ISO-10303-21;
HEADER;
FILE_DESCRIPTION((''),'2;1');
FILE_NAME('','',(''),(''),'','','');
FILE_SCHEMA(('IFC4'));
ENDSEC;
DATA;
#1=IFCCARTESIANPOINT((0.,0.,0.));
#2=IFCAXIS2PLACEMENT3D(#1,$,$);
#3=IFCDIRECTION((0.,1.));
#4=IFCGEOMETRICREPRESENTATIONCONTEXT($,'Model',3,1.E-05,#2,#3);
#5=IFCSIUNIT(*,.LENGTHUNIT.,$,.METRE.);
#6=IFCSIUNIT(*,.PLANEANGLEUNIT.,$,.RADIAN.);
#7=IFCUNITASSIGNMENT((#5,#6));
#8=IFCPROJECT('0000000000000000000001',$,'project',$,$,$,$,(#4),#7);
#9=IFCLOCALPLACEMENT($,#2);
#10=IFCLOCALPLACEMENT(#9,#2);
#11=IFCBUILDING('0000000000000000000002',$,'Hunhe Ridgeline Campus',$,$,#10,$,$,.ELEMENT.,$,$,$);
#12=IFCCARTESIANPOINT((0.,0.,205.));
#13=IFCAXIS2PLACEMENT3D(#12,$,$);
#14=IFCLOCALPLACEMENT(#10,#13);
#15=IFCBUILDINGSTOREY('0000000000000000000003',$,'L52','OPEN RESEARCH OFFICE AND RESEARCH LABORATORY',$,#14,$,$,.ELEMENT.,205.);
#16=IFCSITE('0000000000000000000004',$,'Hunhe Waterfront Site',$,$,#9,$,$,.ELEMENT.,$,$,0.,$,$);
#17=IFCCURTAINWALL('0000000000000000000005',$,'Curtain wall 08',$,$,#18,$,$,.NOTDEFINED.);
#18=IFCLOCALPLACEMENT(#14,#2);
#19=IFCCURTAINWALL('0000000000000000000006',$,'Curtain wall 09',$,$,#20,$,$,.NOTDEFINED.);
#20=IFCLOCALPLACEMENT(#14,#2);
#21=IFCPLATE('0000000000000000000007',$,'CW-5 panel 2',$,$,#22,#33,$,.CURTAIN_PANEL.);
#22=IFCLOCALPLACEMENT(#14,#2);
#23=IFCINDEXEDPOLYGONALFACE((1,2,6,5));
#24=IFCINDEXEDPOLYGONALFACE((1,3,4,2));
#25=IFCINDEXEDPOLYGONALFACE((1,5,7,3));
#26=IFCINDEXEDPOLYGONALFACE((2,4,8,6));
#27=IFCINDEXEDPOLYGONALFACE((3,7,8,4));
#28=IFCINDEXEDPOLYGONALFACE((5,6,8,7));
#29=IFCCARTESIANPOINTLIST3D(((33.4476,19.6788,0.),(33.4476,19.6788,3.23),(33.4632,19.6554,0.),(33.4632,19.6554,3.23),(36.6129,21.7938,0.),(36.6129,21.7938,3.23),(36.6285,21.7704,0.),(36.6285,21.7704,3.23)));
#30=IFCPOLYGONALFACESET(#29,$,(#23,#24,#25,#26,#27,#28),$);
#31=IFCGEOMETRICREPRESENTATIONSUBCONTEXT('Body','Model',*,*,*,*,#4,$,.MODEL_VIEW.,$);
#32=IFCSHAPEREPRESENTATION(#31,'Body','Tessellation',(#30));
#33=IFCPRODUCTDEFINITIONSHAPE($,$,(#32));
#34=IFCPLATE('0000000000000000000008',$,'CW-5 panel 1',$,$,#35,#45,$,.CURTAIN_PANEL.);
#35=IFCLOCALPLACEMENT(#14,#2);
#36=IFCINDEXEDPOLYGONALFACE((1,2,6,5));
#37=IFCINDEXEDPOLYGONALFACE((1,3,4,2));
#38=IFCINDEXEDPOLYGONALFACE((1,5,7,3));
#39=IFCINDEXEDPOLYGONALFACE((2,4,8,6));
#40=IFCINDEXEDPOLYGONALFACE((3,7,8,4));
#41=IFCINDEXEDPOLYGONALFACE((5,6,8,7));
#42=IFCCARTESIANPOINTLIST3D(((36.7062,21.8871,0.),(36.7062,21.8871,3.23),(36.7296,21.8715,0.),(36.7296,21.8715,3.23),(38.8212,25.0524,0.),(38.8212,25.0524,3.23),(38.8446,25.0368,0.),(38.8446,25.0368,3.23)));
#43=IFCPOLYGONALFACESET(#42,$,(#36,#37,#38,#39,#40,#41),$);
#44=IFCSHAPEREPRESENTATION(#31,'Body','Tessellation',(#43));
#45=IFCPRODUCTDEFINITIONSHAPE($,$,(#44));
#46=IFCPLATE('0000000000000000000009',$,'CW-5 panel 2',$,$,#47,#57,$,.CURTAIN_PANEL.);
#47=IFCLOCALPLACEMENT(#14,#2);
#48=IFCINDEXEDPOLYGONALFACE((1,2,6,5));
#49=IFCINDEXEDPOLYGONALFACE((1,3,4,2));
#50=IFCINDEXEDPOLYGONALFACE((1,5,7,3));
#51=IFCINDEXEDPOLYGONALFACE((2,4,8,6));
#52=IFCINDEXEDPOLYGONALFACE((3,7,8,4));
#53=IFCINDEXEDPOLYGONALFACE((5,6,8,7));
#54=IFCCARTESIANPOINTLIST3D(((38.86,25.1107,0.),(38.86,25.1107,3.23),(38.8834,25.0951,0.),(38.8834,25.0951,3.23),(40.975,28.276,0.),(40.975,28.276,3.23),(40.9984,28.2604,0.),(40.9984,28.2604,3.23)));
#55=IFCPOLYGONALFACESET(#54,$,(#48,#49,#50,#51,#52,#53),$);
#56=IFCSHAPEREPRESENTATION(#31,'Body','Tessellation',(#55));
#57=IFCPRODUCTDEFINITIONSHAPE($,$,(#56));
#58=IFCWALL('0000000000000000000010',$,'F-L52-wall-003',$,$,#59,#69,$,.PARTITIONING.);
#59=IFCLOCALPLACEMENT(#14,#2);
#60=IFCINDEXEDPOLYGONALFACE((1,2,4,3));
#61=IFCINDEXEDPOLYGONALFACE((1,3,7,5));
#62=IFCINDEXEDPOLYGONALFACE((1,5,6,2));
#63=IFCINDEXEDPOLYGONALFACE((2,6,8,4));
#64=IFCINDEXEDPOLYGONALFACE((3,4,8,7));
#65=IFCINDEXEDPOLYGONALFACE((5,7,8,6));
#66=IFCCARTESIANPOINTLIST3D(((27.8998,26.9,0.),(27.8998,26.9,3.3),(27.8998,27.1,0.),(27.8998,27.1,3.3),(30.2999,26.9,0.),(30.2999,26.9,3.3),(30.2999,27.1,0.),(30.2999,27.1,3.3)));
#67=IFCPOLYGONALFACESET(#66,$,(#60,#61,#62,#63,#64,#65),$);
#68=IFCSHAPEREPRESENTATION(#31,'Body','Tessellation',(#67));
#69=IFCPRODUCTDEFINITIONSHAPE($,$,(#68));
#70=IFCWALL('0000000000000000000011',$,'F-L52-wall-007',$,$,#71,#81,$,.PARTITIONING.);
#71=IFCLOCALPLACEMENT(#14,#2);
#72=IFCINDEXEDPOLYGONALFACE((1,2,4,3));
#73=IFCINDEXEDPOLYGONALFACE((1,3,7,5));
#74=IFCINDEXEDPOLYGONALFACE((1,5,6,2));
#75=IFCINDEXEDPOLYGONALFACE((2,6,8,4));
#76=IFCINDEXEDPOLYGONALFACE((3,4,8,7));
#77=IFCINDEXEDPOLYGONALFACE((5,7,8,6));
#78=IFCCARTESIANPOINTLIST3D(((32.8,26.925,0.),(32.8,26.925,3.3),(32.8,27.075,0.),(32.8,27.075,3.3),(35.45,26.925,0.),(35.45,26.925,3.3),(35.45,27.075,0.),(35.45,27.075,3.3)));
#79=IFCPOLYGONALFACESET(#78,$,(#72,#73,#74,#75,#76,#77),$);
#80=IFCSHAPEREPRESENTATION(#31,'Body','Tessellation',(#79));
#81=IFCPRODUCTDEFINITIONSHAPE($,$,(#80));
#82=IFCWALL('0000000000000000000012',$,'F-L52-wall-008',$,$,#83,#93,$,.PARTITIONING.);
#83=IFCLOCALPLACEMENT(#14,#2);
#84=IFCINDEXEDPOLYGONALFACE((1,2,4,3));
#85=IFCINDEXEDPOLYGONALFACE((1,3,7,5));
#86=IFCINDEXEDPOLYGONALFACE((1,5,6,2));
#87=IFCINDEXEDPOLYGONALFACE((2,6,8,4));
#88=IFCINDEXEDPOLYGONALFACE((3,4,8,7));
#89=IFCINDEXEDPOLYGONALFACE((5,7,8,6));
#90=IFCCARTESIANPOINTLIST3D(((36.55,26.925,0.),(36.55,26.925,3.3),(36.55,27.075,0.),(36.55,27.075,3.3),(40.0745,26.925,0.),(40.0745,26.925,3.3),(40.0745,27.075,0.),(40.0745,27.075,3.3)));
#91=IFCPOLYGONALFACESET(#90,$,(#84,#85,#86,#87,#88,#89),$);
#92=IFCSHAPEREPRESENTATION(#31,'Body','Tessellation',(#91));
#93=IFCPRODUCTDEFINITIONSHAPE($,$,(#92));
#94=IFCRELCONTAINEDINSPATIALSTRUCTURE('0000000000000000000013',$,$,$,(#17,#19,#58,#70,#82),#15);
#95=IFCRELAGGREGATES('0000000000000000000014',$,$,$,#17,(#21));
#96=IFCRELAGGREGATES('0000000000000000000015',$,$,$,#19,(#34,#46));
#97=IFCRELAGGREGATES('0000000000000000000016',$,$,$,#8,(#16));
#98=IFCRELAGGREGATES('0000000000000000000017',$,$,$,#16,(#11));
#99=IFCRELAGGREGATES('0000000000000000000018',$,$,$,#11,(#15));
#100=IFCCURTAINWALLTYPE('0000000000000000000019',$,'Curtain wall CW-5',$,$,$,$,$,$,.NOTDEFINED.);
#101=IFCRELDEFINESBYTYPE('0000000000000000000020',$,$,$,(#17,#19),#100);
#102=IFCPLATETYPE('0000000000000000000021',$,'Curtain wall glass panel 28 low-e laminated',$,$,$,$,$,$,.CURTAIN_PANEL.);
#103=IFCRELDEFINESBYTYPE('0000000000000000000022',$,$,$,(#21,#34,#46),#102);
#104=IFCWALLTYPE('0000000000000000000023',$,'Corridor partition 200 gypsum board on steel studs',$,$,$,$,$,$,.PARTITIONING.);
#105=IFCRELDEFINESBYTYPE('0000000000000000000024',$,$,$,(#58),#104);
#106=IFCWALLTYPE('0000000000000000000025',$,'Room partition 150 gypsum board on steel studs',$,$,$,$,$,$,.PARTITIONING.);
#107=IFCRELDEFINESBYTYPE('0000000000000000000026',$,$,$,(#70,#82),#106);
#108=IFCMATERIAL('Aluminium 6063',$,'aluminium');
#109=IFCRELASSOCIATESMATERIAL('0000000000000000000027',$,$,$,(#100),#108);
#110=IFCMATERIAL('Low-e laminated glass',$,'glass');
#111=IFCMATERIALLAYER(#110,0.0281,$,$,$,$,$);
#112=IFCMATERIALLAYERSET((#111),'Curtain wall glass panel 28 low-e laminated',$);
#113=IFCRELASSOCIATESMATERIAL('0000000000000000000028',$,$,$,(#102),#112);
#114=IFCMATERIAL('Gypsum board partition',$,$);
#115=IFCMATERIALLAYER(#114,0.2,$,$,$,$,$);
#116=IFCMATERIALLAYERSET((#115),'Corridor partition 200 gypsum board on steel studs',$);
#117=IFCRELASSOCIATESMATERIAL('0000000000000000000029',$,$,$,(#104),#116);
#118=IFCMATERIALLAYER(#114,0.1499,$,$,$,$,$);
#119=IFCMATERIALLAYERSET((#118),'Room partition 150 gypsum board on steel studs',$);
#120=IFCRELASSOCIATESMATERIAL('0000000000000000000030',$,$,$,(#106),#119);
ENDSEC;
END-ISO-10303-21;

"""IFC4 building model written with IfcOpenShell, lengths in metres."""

from ifc_helpers import new_model, si_unit, direction, frame, frame_2d, origin, origin_2d, place, context, subcontext, project, spatial, rectangle, extrude, material, layer, layer_set, type_object, element, aggregate, save


model = new_model("IFC4")

# Units and contexts
model_context = context("Model", 3, precision=1e-05, world=origin(), true_north=direction((0.0, 1.0)))
body_context = subcontext(model_context, "Body", "Model", "MODEL_VIEW")
ifc_project = project(units=[si_unit("LENGTHUNIT", "METRE"), si_unit("PLANEANGLEUNIT", "RADIAN")], contexts=[model_context])

# Site, building, storey
site_placement = place(None, origin())
site = spatial("IfcSite", under=ifc_project, at=site_placement, Name="Hunhe Waterfront Site", CompositionType="ELEMENT", RefElevation=0.0)
building_placement = place(site_placement, origin())
building = spatial("IfcBuilding", under=site, at=building_placement, Name="Hunhe Ridgeline Campus", CompositionType="ELEMENT")
storey_placement = place(building_placement, frame((0.0, 0.0, 205.0)))
storey = spatial("IfcBuildingStorey", under=building, at=storey_placement, Name="L52", Description="OPEN RESEARCH OFFICE AND RESEARCH LABORATORY", CompositionType="ELEMENT", Elevation=205.0)

# Curtain walls
ifc_material_1 = material(Name="Aluminium 6063", Category="aluminium")
curtain_wall_type = type_object("IfcCurtainWallType", Name="Curtain wall CW-5", PredefinedType="NOTDEFINED", material=ifc_material_1)
curtain_wall_1_placement = place(storey_placement, origin())
curtain_wall_1 = element("IfcCurtainWall", 1, at=curtain_wall_1_placement, inside=storey, type_object=curtain_wall_type, Name="Curtain wall 08", PredefinedType="NOTDEFINED")
curtain_wall_2_placement = place(storey_placement, origin())
curtain_wall_2 = element("IfcCurtainWall", 2, at=curtain_wall_2_placement, inside=storey, type_object=curtain_wall_type, Name="Curtain wall 09", PredefinedType="NOTDEFINED")

# Plates
ifc_material_2 = material(Name="Low-e laminated glass", Category="glass")
ifc_layer_1 = layer(ifc_material_2, 0.0281)
ifc_layer_set_1 = layer_set([ifc_layer_1], Name="Curtain wall glass panel 28 low-e laminated")
plate_type = type_object("IfcPlateType", Name="Curtain wall glass panel 28 low-e laminated", PredefinedType="CURTAIN_PANEL", material=ifc_layer_set_1)
plate_1_placement = place(storey_placement, frame((35.0381, 20.7246, 0.0), z_axis=(0.0, 0.0, 1.0), x_axis=(0.83147, 0.55557, 0.0)))
plate_1 = element("IfcPlate", 3, at=plate_1_placement, type_object=plate_type, Name="CW-5 panel 2", PredefinedType="CURTAIN_PANEL", context=body_context, shape_type="SweptSolid", body=[
    extrude(rectangle(XDim=3.8069, YDim=0.0281, at=origin_2d()), origin(), (0.0, 0.0, 1.0), 3.23),
])
aggregate(curtain_wall_1, [plate_1])
plate_2_placement = place(storey_placement, frame((37.7754, 23.4619, 0.0), z_axis=(0.0, 0.0, 1.0), x_axis=(0.55557, 0.83147, 0.0)))
plate_2 = element("IfcPlate", 4, at=plate_2_placement, type_object=plate_type, Name="CW-5 panel 1", PredefinedType="CURTAIN_PANEL", context=body_context, shape_type="SweptSolid", body=[
    extrude(rectangle(XDim=3.8069, YDim=0.0281, at=origin_2d()), origin(), (0.0, 0.0, 1.0), 3.23),
])
plate_3_placement = place(storey_placement, frame((39.9292, 26.6855, 0.0), z_axis=(0.0, 0.0, 1.0), x_axis=(0.55557, 0.83147, 0.0)))
plate_3 = element("IfcPlate", 5, at=plate_3_placement, type_object=plate_type, Name="CW-5 panel 2", PredefinedType="CURTAIN_PANEL", context=body_context, shape_type="SweptSolid", body=[
    extrude(rectangle(XDim=3.8069, YDim=0.0281, at=origin_2d()), origin(), (0.0, 0.0, 1.0), 3.23),
])
aggregate(curtain_wall_2, [plate_2, plate_3])

# Wall
ifc_material_3 = material(Name="Gypsum board partition")
ifc_layer_2 = layer(ifc_material_3, 0.2)
ifc_layer_set_2 = layer_set([ifc_layer_2], Name="Corridor partition 200 gypsum board on steel studs")
wall_type_1 = type_object("IfcWallType", Name="Corridor partition 200 gypsum board on steel studs", PredefinedType="PARTITIONING", material=ifc_layer_set_2)
wall_1_placement = place(storey_placement, frame((30.3, 27.0, 0.0), z_axis=(0.0, 0.0, 1.0), x_axis=(-1.0, 0.0, 0.0)))
element("IfcWall", 6, at=wall_1_placement, inside=storey, type_object=wall_type_1, Name="F-L52-wall-003", PredefinedType="PARTITIONING", context=body_context, shape_type="SweptSolid", body=[
    extrude(rectangle(XDim=2.4001, YDim=0.2, at=frame_2d((1.2002, 0.0))), origin(), (0.0, 0.0, 1.0), 3.3),
])

# Walls
ifc_layer_3 = layer(ifc_material_3, 0.1499)
ifc_layer_set_3 = layer_set([ifc_layer_3], Name="Room partition 150 gypsum board on steel studs")
wall_type_2 = type_object("IfcWallType", Name="Room partition 150 gypsum board on steel studs", PredefinedType="PARTITIONING", material=ifc_layer_set_3)
wall_2_placement = place(storey_placement, frame((32.8, 27.0, 0.0), z_axis=(0.0, 0.0, 1.0), x_axis=(1.0, 0.0, 0.0)))
element("IfcWall", 7, at=wall_2_placement, inside=storey, type_object=wall_type_2, Name="F-L52-wall-007", PredefinedType="PARTITIONING", context=body_context, shape_type="SweptSolid", body=[
    extrude(rectangle(XDim=2.6499, YDim=0.1499, at=frame_2d((1.325, 0.0))), origin(), (0.0, 0.0, 1.0), 3.3),
])
wall_3_placement = place(storey_placement, frame((36.55, 27.0, 0.0), z_axis=(0.0, 0.0, 1.0), x_axis=(1.0, 0.0, 0.0)))
element("IfcWall", 8, at=wall_3_placement, inside=storey, type_object=wall_type_2, Name="F-L52-wall-008", PredefinedType="PARTITIONING", context=body_context, shape_type="SweptSolid", body=[
    extrude(rectangle(XDim=3.5244, YDim=0.1499, at=frame_2d((1.7622, 0.0))), origin(), (0.0, 0.0, 1.0), 3.3),
])

save(model, "model.ifc")
